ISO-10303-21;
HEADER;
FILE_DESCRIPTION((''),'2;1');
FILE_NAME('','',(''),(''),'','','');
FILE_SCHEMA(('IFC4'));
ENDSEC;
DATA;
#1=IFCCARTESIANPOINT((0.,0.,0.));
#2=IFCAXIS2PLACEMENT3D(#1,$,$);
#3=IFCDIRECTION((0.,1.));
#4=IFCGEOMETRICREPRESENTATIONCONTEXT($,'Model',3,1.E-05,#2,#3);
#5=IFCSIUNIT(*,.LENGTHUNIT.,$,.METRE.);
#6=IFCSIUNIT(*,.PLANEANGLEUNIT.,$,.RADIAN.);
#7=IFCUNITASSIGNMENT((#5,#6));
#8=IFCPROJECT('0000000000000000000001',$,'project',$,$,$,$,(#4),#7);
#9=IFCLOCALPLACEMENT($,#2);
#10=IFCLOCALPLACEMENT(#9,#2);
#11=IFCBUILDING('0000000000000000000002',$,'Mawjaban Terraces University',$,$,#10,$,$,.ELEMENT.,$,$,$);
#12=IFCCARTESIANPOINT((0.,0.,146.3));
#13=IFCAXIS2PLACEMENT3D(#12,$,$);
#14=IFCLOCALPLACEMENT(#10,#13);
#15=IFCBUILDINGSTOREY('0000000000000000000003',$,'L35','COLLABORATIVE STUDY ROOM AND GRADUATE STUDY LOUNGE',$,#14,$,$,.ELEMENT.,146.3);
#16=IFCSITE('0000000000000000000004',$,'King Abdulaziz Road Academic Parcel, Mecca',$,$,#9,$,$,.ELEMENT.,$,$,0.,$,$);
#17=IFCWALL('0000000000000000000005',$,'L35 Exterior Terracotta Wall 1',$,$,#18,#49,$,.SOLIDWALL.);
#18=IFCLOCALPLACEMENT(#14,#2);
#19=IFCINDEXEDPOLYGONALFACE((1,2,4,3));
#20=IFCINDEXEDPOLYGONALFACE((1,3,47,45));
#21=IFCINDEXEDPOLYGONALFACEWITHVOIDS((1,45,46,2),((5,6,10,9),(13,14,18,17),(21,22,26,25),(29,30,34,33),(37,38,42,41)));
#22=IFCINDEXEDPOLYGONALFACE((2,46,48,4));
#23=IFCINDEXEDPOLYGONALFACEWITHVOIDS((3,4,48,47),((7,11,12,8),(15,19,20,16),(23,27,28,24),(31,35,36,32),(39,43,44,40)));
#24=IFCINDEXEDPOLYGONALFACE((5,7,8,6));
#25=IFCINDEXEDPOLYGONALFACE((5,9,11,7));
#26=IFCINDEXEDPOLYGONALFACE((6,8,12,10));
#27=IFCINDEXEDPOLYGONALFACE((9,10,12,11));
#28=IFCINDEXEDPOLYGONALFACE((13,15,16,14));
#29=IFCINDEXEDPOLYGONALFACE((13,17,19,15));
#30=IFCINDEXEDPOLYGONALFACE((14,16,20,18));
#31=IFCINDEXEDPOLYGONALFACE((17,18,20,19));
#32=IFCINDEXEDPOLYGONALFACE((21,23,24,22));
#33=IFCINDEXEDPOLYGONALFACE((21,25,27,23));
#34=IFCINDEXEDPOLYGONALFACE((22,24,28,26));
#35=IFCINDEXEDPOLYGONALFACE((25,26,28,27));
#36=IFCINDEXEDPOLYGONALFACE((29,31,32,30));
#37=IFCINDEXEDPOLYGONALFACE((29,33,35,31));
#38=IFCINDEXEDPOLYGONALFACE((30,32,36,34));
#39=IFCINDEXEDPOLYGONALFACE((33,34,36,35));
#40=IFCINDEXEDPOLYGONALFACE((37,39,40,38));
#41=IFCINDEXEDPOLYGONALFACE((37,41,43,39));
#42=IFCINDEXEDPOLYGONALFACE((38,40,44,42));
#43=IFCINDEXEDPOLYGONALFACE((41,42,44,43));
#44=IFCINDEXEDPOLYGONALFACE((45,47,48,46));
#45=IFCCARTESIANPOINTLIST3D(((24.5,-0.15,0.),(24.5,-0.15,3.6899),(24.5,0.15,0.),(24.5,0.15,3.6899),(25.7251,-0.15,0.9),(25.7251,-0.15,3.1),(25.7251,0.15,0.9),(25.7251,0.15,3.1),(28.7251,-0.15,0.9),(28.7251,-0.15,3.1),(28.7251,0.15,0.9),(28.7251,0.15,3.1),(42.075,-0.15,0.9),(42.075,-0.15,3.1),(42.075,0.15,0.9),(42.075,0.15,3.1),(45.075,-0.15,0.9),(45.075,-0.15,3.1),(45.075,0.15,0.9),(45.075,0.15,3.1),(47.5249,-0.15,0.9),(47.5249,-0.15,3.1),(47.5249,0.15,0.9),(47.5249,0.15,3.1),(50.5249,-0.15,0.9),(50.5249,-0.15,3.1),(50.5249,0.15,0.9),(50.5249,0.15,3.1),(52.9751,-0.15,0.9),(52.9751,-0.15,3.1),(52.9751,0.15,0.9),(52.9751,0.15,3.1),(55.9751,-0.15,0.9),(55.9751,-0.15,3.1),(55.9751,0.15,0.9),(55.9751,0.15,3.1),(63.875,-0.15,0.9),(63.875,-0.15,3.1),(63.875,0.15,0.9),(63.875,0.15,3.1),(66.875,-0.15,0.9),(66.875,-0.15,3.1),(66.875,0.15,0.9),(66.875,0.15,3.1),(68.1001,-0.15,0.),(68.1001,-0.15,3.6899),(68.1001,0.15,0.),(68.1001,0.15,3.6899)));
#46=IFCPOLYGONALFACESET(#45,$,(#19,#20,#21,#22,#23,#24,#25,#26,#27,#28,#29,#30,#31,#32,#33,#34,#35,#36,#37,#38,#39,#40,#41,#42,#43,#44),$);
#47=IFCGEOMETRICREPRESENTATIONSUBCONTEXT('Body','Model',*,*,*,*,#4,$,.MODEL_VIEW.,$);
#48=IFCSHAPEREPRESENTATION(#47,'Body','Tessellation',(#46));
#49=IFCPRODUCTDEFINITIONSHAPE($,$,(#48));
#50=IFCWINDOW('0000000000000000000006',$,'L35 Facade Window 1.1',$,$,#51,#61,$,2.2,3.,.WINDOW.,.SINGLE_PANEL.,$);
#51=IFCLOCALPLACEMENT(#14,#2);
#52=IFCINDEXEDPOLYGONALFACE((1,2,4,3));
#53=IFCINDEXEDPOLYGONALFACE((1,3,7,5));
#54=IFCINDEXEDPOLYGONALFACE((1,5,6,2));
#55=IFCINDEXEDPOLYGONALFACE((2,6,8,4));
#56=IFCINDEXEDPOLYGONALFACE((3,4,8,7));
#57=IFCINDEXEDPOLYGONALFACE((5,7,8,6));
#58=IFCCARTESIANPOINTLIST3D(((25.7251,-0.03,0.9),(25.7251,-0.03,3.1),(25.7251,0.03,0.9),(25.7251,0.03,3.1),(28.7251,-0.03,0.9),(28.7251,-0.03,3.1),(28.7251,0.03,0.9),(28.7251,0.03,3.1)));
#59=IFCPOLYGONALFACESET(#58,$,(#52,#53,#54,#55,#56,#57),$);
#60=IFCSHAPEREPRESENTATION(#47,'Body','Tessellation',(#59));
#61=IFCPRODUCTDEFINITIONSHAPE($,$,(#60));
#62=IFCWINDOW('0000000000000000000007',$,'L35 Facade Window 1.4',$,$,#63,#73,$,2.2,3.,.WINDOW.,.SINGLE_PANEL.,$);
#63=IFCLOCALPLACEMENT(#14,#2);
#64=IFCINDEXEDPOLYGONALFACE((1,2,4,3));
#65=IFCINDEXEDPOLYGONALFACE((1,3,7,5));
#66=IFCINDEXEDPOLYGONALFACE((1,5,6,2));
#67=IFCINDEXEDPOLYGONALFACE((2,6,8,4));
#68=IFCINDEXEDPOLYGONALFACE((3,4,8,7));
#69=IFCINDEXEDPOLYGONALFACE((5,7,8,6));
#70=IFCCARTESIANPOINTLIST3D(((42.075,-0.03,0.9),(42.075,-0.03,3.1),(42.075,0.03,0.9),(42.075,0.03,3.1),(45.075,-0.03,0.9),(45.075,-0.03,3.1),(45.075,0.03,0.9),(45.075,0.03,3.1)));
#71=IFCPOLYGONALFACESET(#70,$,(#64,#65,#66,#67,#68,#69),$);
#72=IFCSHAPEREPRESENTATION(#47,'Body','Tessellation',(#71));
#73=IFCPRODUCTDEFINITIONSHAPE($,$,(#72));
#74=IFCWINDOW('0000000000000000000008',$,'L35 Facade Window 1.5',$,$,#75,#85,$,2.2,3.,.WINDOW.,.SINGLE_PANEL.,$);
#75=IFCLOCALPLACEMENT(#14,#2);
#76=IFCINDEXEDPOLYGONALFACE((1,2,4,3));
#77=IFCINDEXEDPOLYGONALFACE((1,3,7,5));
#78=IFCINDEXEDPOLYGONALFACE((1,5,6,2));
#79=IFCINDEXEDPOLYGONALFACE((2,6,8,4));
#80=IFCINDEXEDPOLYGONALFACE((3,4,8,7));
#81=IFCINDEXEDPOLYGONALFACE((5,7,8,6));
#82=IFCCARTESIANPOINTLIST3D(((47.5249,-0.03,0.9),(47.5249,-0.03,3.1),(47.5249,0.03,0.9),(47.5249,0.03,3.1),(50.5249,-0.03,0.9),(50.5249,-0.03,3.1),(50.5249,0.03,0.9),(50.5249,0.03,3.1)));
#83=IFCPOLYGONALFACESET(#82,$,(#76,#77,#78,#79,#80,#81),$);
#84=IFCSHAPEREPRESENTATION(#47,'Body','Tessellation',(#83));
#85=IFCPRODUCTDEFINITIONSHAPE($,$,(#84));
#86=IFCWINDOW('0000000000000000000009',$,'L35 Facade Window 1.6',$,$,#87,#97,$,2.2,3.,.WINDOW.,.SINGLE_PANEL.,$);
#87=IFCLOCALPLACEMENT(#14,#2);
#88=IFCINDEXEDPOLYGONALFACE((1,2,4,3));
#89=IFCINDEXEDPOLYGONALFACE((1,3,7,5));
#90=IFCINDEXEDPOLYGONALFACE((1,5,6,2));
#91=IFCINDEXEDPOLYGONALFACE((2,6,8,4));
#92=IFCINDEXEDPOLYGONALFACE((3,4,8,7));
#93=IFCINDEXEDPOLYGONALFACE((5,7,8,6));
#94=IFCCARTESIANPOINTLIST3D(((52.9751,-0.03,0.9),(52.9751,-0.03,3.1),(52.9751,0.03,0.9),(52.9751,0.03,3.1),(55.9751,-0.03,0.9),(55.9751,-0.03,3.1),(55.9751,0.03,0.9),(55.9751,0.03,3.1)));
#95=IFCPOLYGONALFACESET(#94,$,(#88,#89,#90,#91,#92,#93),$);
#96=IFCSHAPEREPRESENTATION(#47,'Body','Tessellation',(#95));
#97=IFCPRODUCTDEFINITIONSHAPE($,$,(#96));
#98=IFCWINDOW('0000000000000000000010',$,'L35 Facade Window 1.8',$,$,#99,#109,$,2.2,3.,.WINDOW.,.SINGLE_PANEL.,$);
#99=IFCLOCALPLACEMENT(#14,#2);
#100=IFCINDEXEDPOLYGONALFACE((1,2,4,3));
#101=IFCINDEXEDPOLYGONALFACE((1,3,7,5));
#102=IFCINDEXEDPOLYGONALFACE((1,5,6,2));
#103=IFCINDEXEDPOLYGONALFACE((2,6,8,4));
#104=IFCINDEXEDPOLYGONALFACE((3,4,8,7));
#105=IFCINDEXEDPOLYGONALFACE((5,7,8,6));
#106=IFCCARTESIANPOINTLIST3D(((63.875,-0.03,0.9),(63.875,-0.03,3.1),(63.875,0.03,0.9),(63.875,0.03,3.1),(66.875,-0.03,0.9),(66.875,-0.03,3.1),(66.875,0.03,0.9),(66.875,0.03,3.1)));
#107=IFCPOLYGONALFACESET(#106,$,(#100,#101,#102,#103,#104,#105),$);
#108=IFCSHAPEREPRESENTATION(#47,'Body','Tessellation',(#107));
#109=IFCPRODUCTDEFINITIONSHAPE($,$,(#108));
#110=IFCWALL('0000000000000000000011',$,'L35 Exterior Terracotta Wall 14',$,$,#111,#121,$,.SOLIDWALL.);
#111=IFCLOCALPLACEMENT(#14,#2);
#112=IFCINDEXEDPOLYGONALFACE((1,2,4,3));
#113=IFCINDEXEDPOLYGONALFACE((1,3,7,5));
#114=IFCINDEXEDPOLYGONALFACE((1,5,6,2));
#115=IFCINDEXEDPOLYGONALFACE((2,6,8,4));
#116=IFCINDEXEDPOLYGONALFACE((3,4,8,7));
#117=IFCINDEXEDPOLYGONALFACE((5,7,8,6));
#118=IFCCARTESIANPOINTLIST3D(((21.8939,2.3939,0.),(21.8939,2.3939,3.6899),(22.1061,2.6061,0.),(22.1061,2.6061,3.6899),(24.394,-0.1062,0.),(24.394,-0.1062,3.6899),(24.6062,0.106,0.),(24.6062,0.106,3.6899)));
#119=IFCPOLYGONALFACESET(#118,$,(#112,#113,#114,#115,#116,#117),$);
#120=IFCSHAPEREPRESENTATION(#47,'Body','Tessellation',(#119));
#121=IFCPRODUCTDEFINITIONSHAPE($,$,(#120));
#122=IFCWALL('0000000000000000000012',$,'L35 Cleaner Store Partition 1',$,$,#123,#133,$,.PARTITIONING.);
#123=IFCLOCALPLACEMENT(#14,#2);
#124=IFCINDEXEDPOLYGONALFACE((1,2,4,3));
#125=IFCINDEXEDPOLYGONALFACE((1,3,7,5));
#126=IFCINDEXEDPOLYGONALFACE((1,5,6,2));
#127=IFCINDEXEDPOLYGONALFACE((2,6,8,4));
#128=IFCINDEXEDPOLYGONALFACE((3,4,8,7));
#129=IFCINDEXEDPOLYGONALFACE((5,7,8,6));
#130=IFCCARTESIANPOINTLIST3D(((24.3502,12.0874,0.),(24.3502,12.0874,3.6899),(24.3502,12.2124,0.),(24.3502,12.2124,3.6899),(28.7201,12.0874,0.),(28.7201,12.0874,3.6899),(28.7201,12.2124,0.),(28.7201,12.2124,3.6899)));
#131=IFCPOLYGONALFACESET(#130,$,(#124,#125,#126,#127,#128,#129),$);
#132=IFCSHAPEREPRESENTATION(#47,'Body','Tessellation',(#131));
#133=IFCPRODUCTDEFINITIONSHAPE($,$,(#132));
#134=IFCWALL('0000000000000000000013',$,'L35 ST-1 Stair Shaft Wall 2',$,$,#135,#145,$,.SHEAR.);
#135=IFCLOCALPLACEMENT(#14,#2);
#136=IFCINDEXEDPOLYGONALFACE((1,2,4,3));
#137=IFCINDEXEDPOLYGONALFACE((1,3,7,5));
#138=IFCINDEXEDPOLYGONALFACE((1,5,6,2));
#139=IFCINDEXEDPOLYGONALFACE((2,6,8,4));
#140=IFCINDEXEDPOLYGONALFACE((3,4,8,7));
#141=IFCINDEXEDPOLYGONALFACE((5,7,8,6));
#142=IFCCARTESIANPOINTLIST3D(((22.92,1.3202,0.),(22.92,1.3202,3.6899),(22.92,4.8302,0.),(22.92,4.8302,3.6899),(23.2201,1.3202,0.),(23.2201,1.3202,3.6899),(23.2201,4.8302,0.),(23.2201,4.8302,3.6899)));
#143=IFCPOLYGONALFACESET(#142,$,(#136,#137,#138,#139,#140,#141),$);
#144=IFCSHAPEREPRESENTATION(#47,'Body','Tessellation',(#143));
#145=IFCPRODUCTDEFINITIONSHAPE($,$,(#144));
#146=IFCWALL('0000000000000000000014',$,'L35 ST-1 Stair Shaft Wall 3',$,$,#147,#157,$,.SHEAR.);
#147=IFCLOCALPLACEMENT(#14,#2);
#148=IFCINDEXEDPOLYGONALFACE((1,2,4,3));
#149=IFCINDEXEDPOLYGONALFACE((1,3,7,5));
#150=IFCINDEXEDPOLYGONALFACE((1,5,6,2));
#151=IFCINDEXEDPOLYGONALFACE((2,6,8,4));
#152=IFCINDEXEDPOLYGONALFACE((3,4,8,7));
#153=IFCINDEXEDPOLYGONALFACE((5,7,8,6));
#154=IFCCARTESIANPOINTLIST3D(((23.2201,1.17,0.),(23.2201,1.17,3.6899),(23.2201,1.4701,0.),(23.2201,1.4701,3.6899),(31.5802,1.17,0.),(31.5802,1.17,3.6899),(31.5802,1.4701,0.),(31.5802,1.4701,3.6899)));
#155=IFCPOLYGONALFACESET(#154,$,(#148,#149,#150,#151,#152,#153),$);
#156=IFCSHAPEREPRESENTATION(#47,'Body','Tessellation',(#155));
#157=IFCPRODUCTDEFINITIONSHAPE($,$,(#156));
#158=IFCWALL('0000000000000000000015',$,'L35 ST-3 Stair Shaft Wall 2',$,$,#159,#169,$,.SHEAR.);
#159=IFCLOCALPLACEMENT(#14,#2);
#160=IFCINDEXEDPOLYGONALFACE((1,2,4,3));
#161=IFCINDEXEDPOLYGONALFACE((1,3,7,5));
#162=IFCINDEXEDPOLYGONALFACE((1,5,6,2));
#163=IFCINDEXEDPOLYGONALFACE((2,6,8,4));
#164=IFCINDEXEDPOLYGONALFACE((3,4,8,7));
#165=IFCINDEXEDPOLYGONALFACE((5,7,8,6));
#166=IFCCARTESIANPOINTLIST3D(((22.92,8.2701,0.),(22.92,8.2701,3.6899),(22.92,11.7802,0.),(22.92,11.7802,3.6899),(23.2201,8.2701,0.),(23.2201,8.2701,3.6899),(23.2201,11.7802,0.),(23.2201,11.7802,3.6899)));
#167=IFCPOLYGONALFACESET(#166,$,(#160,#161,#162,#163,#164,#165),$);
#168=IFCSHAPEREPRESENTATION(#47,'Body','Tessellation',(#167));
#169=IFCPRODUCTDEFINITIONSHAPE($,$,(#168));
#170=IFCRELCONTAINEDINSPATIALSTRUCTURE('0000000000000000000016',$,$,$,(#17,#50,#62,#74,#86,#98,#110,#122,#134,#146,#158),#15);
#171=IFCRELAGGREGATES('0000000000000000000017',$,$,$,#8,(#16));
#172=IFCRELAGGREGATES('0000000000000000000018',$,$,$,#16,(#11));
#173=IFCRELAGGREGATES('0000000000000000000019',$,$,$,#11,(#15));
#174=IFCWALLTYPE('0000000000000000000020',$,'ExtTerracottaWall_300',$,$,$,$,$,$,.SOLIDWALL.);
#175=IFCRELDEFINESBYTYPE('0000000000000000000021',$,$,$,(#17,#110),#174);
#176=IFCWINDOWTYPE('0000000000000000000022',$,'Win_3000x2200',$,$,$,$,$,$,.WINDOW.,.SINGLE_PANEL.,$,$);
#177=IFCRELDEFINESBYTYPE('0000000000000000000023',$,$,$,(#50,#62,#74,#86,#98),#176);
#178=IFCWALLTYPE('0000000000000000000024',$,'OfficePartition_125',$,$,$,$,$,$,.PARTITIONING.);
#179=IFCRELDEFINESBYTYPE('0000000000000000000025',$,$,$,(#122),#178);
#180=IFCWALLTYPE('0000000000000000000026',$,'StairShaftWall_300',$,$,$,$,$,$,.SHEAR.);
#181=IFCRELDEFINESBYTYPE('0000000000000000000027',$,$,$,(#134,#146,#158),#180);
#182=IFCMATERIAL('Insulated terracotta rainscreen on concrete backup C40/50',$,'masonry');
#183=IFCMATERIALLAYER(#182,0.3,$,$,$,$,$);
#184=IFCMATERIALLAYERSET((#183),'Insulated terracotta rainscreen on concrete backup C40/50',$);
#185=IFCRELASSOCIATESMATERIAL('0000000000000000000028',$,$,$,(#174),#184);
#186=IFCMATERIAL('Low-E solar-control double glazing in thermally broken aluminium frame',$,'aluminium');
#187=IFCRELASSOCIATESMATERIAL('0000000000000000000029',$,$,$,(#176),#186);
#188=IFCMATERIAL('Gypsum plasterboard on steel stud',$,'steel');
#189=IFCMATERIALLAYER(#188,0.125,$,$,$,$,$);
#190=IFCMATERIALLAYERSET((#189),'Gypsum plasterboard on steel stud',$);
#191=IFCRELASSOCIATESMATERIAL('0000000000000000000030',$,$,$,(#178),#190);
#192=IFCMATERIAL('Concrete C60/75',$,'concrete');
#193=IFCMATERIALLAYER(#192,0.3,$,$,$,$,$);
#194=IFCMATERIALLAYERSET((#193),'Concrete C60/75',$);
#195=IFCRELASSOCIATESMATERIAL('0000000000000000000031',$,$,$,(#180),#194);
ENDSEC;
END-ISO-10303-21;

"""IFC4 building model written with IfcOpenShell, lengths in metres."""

from ifc_helpers import new_model, si_unit, direction, frame, frame_2d, origin, place, context, subcontext, project, spatial, rectangle, extrude, material, layer, layer_set, type_object, element, fill, save


model = new_model("IFC4")

# Units and contexts
model_context = context("Model", 3, precision=1e-05, world=origin(), true_north=direction((0.0, 1.0)))
body_context = subcontext(model_context, "Body", "Model", "MODEL_VIEW")
ifc_project = project(units=[si_unit("LENGTHUNIT", "METRE"), si_unit("PLANEANGLEUNIT", "RADIAN")], contexts=[model_context])

# Site, building, storey
site_placement = place(None, origin())
site = spatial("IfcSite", under=ifc_project, at=site_placement, Name="King Abdulaziz Road Academic Parcel, Mecca", CompositionType="ELEMENT", RefElevation=0.0)
building_placement = place(site_placement, origin())
building = spatial("IfcBuilding", under=site, at=building_placement, Name="Mawjaban Terraces University", CompositionType="ELEMENT")
storey_placement = place(building_placement, frame((0.0, 0.0, 146.3)))
storey = spatial("IfcBuildingStorey", under=building, at=storey_placement, Name="L35", Description="COLLABORATIVE STUDY ROOM AND GRADUATE STUDY LOUNGE", CompositionType="ELEMENT", Elevation=146.3)

# Shared definitions
ifc_material_1 = material(Name="Concrete C60/75", Category="concrete")

# Wall, openings, windows
ifc_material_2 = material(Name="Insulated terracotta rainscreen on concrete backup C40/50", Category="masonry")
ifc_layer_1 = layer(ifc_material_2, 0.3)
ifc_layer_set_1 = layer_set([ifc_layer_1], Name="Insulated terracotta rainscreen on concrete backup C40/50")
wall_type_1 = type_object("IfcWallType", Name="ExtTerracottaWall_300", PredefinedType="SOLIDWALL", material=ifc_layer_set_1)
wall_1_placement = place(storey_placement, frame((24.5, 0.0, 0.0), z_axis=(0.0, 0.0, 1.0), x_axis=(1.0, 0.0, 0.0)))
wall_1 = element("IfcWall", 1, at=wall_1_placement, inside=storey, type_object=wall_type_1, Name="L35 Exterior Terracotta Wall 1", PredefinedType="SOLIDWALL", context=body_context, shape_type="SweptSolid", body=[
    extrude(rectangle(XDim=43.6001, YDim=0.3, at=frame_2d((21.8, 0.0))), origin(), (0.0, 0.0, 1.0), 3.6899),
])
opening_1_placement = place(wall_1_placement, frame((1.2251, 0.0, 0.8999)))
opening_1 = element("IfcOpeningElement", 2, at=opening_1_placement, cuts=wall_1, PredefinedType="OPENING", context=body_context, shape_type="SweptSolid", body=[
    extrude(rectangle(XDim=3.0, YDim=2.2, at=frame_2d((1.5, 1.1001))), frame((0.0, 0.1599, 0.0), z_axis=(0.0, -1.0, 0.0), x_axis=(1.0, 0.0, 0.0)), (0.0, 0.0, 1.0), 0.3201),
])
opening_2_placement = place(wall_1_placement, frame((17.575, 0.0, 0.8999)))
opening_2 = element("IfcOpeningElement", 3, at=opening_2_placement, cuts=wall_1, PredefinedType="OPENING", context=body_context, shape_type="SweptSolid", body=[
    extrude(rectangle(XDim=3.0, YDim=2.2, at=frame_2d((1.5, 1.1001))), frame((0.0, 0.1599, 0.0), z_axis=(0.0, -1.0, 0.0), x_axis=(1.0, 0.0, 0.0)), (0.0, 0.0, 1.0), 0.3201),
])
opening_3_placement = place(wall_1_placement, frame((23.0249, 0.0, 0.8999)))
opening_3 = element("IfcOpeningElement", 4, at=opening_3_placement, cuts=wall_1, PredefinedType="OPENING", context=body_context, shape_type="SweptSolid", body=[
    extrude(rectangle(XDim=3.0, YDim=2.2, at=frame_2d((1.5, 1.1001))), frame((0.0, 0.1599, 0.0), z_axis=(0.0, -1.0, 0.0), x_axis=(1.0, 0.0, 0.0)), (0.0, 0.0, 1.0), 0.3201),
])
opening_4_placement = place(wall_1_placement, frame((28.4751, 0.0, 0.8999)))
opening_4 = element("IfcOpeningElement", 5, at=opening_4_placement, cuts=wall_1, PredefinedType="OPENING", context=body_context, shape_type="SweptSolid", body=[
    extrude(rectangle(XDim=3.0, YDim=2.2, at=frame_2d((1.5, 1.1001))), frame((0.0, 0.1599, 0.0), z_axis=(0.0, -1.0, 0.0), x_axis=(1.0, 0.0, 0.0)), (0.0, 0.0, 1.0), 0.3201),
])
opening_5_placement = place(wall_1_placement, frame((39.375, 0.0, 0.8999)))
opening_5 = element("IfcOpeningElement", 6, at=opening_5_placement, cuts=wall_1, PredefinedType="OPENING", context=body_context, shape_type="SweptSolid", body=[
    extrude(rectangle(XDim=3.0, YDim=2.2, at=frame_2d((1.5, 1.1001))), frame((0.0, 0.1599, 0.0), z_axis=(0.0, -1.0, 0.0), x_axis=(1.0, 0.0, 0.0)), (0.0, 0.0, 1.0), 0.3201),
])
ifc_material_3 = material(Name="Low-E solar-control double glazing in thermally broken aluminium frame", Category="aluminium")
window_type = type_object("IfcWindowType", Name="Win_3000x2200", PartitioningType="SINGLE_PANEL", PredefinedType="WINDOW", material=ifc_material_3)
window_1_placement = place(opening_1_placement, origin())
window_1 = element("IfcWindow", 7, at=window_1_placement, inside=storey, type_object=window_type, Name="L35 Facade Window 1.1", OverallHeight=2.2, OverallWidth=3.0, PartitioningType="SINGLE_PANEL", PredefinedType="WINDOW", context=body_context, shape_type="SweptSolid", body=[
    extrude(rectangle(XDim=3.0, YDim=2.2, at=frame_2d((1.5, 1.1001))), frame((0.0, 0.03, 0.0), z_axis=(0.0, -1.0, 0.0), x_axis=(1.0, 0.0, 0.0)), (0.0, 0.0, 1.0), 0.0601),
])
fill(opening_1, window_1)
window_2_placement = place(opening_2_placement, origin())
window_2 = element("IfcWindow", 8, at=window_2_placement, inside=storey, type_object=window_type, Name="L35 Facade Window 1.4", OverallHeight=2.2, OverallWidth=3.0, PartitioningType="SINGLE_PANEL", PredefinedType="WINDOW", context=body_context, shape_type="SweptSolid", body=[
    extrude(rectangle(XDim=3.0, YDim=2.2, at=frame_2d((1.5, 1.1001))), frame((0.0, 0.03, 0.0), z_axis=(0.0, -1.0, 0.0), x_axis=(1.0, 0.0, 0.0)), (0.0, 0.0, 1.0), 0.0601),
])
fill(opening_2, window_2)
window_3_placement = place(opening_3_placement, origin())
window_3 = element("IfcWindow", 9, at=window_3_placement, inside=storey, type_object=window_type, Name="L35 Facade Window 1.5", OverallHeight=2.2, OverallWidth=3.0, PartitioningType="SINGLE_PANEL", PredefinedType="WINDOW", context=body_context, shape_type="SweptSolid", body=[
    extrude(rectangle(XDim=3.0, YDim=2.2, at=frame_2d((1.5, 1.1001))), frame((0.0, 0.03, 0.0), z_axis=(0.0, -1.0, 0.0), x_axis=(1.0, 0.0, 0.0)), (0.0, 0.0, 1.0), 0.0601),
])
fill(opening_3, window_3)
window_4_placement = place(opening_4_placement, origin())
window_4 = element("IfcWindow", 10, at=window_4_placement, inside=storey, type_object=window_type, Name="L35 Facade Window 1.6", OverallHeight=2.2, OverallWidth=3.0, PartitioningType="SINGLE_PANEL", PredefinedType="WINDOW", context=body_context, shape_type="SweptSolid", body=[
    extrude(rectangle(XDim=3.0, YDim=2.2, at=frame_2d((1.5, 1.1001))), frame((0.0, 0.03, 0.0), z_axis=(0.0, -1.0, 0.0), x_axis=(1.0, 0.0, 0.0)), (0.0, 0.0, 1.0), 0.0601),
])
fill(opening_4, window_4)
window_5_placement = place(opening_5_placement, origin())
window_5 = element("IfcWindow", 11, at=window_5_placement, inside=storey, type_object=window_type, Name="L35 Facade Window 1.8", OverallHeight=2.2, OverallWidth=3.0, PartitioningType="SINGLE_PANEL", PredefinedType="WINDOW", context=body_context, shape_type="SweptSolid", body=[
    extrude(rectangle(XDim=3.0, YDim=2.2, at=frame_2d((1.5, 1.1001))), frame((0.0, 0.03, 0.0), z_axis=(0.0, -1.0, 0.0), x_axis=(1.0, 0.0, 0.0)), (0.0, 0.0, 1.0), 0.0601),
])
fill(opening_5, window_5)

# Walls
wall_2_placement = place(storey_placement, frame((22.0, 2.5, 0.0), z_axis=(0.0, 0.0, 1.0), x_axis=(0.707107, -0.707107, 0.0)))
element("IfcWall", 12, at=wall_2_placement, inside=storey, type_object=wall_type_1, Name="L35 Exterior Terracotta Wall 14", PredefinedType="SOLIDWALL", context=body_context, shape_type="SweptSolid", body=[
    extrude(rectangle(XDim=3.5356, YDim=0.3, at=frame_2d((1.7678, 0.0))), origin(), (0.0, 0.0, 1.0), 3.6899),
])
ifc_material_4 = material(Name="Gypsum plasterboard on steel stud", Category="steel")
ifc_layer_2 = layer(ifc_material_4, 0.125)
ifc_layer_set_2 = layer_set([ifc_layer_2], Name="Gypsum plasterboard on steel stud")
wall_type_2 = type_object("IfcWallType", Name="OfficePartition_125", PredefinedType="PARTITIONING", material=ifc_layer_set_2)
wall_3_placement = place(storey_placement, frame((24.3501, 12.1499, 0.0), z_axis=(0.0, 0.0, 1.0), x_axis=(1.0, 0.0, 0.0)))
element("IfcWall", 13, at=wall_3_placement, inside=storey, type_object=wall_type_2, Name="L35 Cleaner Store Partition 1", PredefinedType="PARTITIONING", context=body_context, shape_type="SweptSolid", body=[
    extrude(rectangle(XDim=4.3699, YDim=0.125, at=frame_2d((2.1851, 0.0))), origin(), (0.0, 0.0, 1.0), 3.6899),
])
ifc_layer_3 = layer(ifc_material_1, 0.3)
ifc_layer_set_3 = layer_set([ifc_layer_3], Name="Concrete C60/75")
wall_type_3 = type_object("IfcWallType", Name="StairShaftWall_300", PredefinedType="SHEAR", material=ifc_layer_set_3)
wall_4_placement = place(storey_placement, frame((23.0701, 4.8301, 0.0), z_axis=(0.0, 0.0, 1.0), x_axis=(0.0, -1.0, 0.0)))
element("IfcWall", 14, at=wall_4_placement, inside=storey, type_object=wall_type_3, Name="L35 ST-1 Stair Shaft Wall 2", PredefinedType="SHEAR", context=body_context, shape_type="SweptSolid", body=[
    extrude(rectangle(XDim=3.51, YDim=0.3, at=frame_2d((1.7549, 0.0))), origin(), (0.0, 0.0, 1.0), 3.6899),
])
wall_5_placement = place(storey_placement, frame((23.22, 1.3201, 0.0), z_axis=(0.0, 0.0, 1.0), x_axis=(1.0, 0.0, 0.0)))
element("IfcWall", 15, at=wall_5_placement, inside=storey, type_object=wall_type_3, Name="L35 ST-1 Stair Shaft Wall 3", PredefinedType="SHEAR", context=body_context, shape_type="SweptSolid", body=[
    extrude(rectangle(XDim=8.3601, YDim=0.3, at=frame_2d((4.1802, 0.0))), origin(), (0.0, 0.0, 1.0), 3.6899),
])
wall_6_placement = place(storey_placement, frame((23.0701, 11.78, 0.0), z_axis=(0.0, 0.0, 1.0), x_axis=(0.0, -1.0, 0.0)))
element("IfcWall", 16, at=wall_6_placement, inside=storey, type_object=wall_type_3, Name="L35 ST-3 Stair Shaft Wall 2", PredefinedType="SHEAR", context=body_context, shape_type="SweptSolid", body=[
    extrude(rectangle(XDim=3.51, YDim=0.3, at=frame_2d((1.7549, 0.0))), origin(), (0.0, 0.0, 1.0), 3.6899),
])

save(model, "model.ifc")
